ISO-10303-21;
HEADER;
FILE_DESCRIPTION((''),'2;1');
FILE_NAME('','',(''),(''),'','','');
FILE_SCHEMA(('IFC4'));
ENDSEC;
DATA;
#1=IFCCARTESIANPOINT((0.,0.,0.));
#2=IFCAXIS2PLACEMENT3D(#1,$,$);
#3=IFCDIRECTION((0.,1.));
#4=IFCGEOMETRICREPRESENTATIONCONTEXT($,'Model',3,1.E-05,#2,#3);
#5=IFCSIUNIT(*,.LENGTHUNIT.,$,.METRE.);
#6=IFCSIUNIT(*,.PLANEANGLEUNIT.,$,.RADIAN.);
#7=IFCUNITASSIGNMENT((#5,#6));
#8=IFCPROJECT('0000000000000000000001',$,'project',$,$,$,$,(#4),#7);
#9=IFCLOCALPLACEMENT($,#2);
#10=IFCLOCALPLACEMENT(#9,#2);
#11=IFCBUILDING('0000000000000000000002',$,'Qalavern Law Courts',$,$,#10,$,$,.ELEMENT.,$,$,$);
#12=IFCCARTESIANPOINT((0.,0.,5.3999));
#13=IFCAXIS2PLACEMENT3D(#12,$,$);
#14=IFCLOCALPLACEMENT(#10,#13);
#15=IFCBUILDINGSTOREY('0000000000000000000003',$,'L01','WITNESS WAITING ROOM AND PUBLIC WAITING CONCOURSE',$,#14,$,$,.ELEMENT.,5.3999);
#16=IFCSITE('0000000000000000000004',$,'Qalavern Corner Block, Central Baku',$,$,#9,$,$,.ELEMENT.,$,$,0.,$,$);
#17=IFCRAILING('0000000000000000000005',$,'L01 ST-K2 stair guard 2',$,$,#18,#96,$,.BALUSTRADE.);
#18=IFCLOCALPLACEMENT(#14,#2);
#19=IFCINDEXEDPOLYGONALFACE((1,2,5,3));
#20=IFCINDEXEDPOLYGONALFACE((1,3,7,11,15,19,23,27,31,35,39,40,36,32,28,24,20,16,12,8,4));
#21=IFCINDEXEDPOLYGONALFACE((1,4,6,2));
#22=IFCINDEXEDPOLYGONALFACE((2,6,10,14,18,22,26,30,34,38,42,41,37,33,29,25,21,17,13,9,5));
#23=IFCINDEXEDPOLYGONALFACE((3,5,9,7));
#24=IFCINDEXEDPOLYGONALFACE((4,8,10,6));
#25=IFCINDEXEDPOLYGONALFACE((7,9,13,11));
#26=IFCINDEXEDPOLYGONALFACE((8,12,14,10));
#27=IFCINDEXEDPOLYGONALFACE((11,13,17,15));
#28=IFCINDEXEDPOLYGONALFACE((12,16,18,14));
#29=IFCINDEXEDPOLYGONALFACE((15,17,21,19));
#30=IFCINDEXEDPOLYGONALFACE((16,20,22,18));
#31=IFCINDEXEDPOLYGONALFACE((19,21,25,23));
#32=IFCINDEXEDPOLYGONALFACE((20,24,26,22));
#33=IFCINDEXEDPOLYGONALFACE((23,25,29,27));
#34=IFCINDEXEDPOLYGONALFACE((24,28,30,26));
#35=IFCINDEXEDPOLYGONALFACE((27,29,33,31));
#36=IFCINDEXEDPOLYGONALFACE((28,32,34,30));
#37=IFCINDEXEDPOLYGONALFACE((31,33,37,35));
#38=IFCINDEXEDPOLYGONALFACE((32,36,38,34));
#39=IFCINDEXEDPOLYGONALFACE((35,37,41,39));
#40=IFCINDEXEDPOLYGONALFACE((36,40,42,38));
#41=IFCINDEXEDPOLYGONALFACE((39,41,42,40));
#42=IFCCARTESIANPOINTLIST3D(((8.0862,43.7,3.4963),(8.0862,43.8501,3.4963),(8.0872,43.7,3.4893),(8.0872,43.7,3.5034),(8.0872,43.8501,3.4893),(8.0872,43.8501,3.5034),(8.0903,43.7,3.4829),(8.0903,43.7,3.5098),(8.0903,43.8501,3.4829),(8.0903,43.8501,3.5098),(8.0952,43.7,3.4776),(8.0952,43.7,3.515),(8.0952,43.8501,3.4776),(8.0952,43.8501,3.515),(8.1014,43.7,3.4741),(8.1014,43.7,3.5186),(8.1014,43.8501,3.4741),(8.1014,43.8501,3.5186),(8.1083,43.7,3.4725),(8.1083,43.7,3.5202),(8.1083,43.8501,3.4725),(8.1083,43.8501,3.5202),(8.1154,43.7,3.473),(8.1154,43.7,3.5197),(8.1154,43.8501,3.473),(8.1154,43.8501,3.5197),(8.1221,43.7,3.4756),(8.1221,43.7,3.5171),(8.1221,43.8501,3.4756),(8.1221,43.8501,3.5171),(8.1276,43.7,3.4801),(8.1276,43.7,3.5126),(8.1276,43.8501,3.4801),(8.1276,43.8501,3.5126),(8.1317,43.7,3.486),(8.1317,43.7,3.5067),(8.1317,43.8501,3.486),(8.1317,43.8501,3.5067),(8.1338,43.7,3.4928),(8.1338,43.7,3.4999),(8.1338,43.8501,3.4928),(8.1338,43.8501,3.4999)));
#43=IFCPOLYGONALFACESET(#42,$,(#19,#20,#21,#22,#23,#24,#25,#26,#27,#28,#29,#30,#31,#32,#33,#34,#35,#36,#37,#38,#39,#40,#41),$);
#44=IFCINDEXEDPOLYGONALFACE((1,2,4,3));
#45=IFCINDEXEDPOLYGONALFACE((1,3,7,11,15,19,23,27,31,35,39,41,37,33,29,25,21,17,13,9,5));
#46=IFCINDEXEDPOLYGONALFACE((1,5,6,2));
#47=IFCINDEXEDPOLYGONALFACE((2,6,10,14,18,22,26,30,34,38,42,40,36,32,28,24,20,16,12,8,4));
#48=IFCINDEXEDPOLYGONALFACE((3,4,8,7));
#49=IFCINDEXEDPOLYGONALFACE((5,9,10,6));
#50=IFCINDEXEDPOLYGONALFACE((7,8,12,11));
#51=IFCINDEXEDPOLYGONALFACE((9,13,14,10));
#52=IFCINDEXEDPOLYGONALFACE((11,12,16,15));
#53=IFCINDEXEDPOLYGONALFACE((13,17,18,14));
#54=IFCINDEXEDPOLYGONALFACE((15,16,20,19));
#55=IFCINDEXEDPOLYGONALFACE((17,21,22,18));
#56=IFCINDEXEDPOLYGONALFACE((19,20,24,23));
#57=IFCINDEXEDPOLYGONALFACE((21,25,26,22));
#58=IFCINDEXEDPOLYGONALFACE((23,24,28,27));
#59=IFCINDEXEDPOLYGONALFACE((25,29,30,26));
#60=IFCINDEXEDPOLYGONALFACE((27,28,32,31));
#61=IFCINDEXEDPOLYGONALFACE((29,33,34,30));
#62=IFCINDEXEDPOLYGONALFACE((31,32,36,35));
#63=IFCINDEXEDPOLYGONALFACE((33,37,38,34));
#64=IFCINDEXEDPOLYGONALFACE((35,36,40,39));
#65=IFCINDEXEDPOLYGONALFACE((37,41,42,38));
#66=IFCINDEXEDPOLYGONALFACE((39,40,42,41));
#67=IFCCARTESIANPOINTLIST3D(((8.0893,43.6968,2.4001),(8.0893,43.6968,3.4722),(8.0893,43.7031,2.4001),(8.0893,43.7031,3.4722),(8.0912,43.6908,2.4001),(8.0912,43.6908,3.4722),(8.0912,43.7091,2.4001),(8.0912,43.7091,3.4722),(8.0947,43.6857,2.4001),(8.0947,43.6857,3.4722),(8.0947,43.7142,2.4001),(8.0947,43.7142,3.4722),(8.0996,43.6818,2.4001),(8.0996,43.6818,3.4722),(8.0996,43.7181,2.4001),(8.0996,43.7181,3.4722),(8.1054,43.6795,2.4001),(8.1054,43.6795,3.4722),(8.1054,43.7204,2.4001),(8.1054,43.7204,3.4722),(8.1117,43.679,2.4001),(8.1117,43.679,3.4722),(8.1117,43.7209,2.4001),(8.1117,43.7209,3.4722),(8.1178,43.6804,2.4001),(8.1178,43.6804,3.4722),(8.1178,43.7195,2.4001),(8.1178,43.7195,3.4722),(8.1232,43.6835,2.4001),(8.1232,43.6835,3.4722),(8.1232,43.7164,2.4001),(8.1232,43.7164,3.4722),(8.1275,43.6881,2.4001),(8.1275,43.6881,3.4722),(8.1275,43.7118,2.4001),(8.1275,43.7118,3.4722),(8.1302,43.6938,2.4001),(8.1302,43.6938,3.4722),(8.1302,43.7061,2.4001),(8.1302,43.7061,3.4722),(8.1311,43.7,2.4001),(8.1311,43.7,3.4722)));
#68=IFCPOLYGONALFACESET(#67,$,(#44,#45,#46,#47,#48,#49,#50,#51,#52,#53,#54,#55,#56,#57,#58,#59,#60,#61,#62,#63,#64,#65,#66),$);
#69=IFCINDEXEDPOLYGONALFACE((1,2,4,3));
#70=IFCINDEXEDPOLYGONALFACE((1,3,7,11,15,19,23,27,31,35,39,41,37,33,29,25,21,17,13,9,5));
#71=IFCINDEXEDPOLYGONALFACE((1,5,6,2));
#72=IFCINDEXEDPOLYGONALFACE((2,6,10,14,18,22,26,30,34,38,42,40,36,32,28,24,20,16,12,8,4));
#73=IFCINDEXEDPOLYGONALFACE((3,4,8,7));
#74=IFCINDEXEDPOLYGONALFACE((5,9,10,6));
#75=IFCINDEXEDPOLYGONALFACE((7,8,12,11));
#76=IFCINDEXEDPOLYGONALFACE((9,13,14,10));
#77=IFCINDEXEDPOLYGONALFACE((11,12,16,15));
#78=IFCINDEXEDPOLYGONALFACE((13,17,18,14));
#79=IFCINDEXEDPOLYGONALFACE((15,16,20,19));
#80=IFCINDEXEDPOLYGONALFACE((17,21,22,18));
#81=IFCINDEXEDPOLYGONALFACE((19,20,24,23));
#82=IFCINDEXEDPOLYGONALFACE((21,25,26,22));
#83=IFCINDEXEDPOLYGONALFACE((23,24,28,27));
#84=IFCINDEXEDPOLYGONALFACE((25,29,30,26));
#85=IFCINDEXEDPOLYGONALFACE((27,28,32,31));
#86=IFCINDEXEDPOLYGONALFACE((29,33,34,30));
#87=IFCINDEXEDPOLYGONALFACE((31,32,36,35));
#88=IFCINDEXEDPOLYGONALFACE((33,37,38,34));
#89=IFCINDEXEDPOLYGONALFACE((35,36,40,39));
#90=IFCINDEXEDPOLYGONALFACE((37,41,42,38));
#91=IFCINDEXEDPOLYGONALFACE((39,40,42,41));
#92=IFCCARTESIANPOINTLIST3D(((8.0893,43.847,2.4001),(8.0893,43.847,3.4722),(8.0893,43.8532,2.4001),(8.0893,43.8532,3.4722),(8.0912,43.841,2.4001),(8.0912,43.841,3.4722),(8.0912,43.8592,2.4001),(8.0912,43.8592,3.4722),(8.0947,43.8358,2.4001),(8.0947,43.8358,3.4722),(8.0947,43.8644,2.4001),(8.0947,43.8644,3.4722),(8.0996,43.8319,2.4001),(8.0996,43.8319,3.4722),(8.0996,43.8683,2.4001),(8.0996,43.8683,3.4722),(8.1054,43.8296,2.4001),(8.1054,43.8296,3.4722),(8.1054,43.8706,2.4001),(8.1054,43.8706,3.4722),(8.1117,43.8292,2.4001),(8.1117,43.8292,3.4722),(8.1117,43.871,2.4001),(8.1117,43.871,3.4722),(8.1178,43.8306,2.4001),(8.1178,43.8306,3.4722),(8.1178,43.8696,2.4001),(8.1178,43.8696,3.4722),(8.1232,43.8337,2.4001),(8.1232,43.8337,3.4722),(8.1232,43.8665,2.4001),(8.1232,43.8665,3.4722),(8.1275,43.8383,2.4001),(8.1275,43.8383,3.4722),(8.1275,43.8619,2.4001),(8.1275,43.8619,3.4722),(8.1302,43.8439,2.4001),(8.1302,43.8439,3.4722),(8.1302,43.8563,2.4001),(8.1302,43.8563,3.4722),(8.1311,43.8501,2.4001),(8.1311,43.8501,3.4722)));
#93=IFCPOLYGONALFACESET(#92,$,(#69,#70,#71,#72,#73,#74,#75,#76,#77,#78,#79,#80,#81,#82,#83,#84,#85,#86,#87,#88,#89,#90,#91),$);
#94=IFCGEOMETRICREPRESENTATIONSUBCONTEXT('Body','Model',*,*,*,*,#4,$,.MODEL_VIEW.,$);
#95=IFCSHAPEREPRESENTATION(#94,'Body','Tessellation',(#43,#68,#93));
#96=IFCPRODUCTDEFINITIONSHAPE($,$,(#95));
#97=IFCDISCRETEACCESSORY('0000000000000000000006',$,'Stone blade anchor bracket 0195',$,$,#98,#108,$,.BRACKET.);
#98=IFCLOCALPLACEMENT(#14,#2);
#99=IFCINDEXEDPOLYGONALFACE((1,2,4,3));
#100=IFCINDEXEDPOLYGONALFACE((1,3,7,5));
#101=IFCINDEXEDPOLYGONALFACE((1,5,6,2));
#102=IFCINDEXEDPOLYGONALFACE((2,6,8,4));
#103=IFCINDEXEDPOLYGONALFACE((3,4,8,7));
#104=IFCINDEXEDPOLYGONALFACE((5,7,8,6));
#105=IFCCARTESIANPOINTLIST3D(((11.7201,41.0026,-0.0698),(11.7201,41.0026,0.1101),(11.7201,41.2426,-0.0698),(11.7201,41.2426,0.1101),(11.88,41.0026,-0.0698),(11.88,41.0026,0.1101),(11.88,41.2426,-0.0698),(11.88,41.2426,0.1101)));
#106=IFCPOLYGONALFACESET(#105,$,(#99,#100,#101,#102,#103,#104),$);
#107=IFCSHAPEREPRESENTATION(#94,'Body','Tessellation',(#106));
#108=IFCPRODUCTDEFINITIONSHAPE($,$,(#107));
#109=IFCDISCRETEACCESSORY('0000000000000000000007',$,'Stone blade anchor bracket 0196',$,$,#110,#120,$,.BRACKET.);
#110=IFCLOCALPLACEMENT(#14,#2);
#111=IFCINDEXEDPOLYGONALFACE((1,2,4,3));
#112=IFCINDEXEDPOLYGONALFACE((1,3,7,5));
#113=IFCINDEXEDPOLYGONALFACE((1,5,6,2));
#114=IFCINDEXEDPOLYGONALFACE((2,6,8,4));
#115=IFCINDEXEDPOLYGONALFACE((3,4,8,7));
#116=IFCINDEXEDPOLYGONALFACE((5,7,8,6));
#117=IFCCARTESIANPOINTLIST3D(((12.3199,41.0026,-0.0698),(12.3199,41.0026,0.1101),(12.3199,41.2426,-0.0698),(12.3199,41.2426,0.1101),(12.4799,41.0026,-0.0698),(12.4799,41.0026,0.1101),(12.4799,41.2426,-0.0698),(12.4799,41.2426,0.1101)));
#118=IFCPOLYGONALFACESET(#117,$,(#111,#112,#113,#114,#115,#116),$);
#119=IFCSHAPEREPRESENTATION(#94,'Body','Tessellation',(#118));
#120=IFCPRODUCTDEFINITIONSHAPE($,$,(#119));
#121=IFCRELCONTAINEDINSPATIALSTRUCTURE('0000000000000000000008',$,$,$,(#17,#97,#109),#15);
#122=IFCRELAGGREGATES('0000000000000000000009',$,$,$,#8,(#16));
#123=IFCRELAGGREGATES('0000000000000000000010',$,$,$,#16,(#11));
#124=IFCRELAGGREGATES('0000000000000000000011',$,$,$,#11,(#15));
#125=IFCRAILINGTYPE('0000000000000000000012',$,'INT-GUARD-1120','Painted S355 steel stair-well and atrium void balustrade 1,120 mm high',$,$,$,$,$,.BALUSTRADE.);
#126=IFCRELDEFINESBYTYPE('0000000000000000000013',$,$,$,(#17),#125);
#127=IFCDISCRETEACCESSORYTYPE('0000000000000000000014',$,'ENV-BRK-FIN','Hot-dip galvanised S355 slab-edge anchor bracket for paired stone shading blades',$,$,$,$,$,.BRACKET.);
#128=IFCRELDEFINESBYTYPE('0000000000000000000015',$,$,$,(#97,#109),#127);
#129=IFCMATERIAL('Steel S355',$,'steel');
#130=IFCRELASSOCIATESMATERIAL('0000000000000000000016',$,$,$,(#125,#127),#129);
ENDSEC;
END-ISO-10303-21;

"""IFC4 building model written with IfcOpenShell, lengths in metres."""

from ifc_helpers import new_model, si_unit, direction, frame, origin, origin_2d, place, context, subcontext, project, spatial, rectangle, circle, extrude, material, type_object, element, save


model = new_model("IFC4")

# Units and contexts
model_context = context("Model", 3, precision=1e-05, world=origin(), true_north=direction((0.0, 1.0)))
body_context = subcontext(model_context, "Body", "Model", "MODEL_VIEW")
ifc_project = project(units=[si_unit("LENGTHUNIT", "METRE"), si_unit("PLANEANGLEUNIT", "RADIAN")], contexts=[model_context])

# Site, building, storey
site_placement = place(None, origin())
site = spatial("IfcSite", under=ifc_project, at=site_placement, Name="Qalavern Corner Block, Central Baku", CompositionType="ELEMENT", RefElevation=0.0)
building_placement = place(site_placement, origin())
building = spatial("IfcBuilding", under=site, at=building_placement, Name="Qalavern Law Courts", CompositionType="ELEMENT")
storey_placement = place(building_placement, frame((0.0, 0.0, 5.3999)))
storey = spatial("IfcBuildingStorey", under=building, at=storey_placement, Name="L01", Description="WITNESS WAITING ROOM AND PUBLIC WAITING CONCOURSE", CompositionType="ELEMENT", Elevation=5.3999)

# Railing
ifc_material_1 = material(Name="Steel S355", Category="steel")
railing_type = type_object("IfcRailingType", Name="INT-GUARD-1120", Description="Painted S355 steel stair-well and atrium void balustrade 1,120 mm high", PredefinedType="BALUSTRADE", material=ifc_material_1)
railing_placement = place(storey_placement, frame((8.1101, 43.7, 2.4001)))
element("IfcRailing", 1, at=railing_placement, inside=storey, type_object=railing_type, Name="L01 ST-K2 stair guard 2", PredefinedType="BALUSTRADE", context=body_context, shape_type="SweptSolid", body=[
    extrude(circle(Radius=0.0239, at=origin_2d()), frame((0.0, 0.0, 1.0962), z_axis=(0.0, 1.0, 0.0), x_axis=(-1.0, 0.0, 0.0)), (0.0, 0.0, 1.0), 0.1501),
    extrude(circle(Radius=0.021, at=origin_2d()), origin(), (0.0, 0.0, 1.0), 1.072),
    extrude(circle(Radius=0.021, at=origin_2d()), frame((0.0, 0.1501, 0.0)), (0.0, 0.0, 1.0), 1.072),
])

# Discrete accessories
discrete_accessory_type = type_object("IfcDiscreteAccessoryType", Name="ENV-BRK-FIN", Description="Hot-dip galvanised S355 slab-edge anchor bracket for paired stone shading blades", PredefinedType="BRACKET", material=ifc_material_1)
for number, where, z_axis, x_axis, name in (
    (2, (11.8, 41.1226, -0.0698), (0.0, 0.0, 1.0), (0.0, -1.0, 0.0), "Stone blade anchor bracket 0195"),
    (3, (12.3999, 41.1226, -0.0698), (0.0, 0.0, 1.0), (0.0, -1.0, 0.0), "Stone blade anchor bracket 0196"),
):
    element("IfcDiscreteAccessory", number, at=place(storey_placement, frame(where, z_axis=z_axis, x_axis=x_axis)), inside=storey, type_object=discrete_accessory_type, Name=name, PredefinedType="BRACKET", context=body_context, shape_type="SweptSolid", body=[
        extrude(rectangle(XDim=0.24, YDim=0.1599, at=origin_2d()), origin(), (0.0, 0.0, 1.0), 0.1799),
    ])

save(model, "model.ifc")
